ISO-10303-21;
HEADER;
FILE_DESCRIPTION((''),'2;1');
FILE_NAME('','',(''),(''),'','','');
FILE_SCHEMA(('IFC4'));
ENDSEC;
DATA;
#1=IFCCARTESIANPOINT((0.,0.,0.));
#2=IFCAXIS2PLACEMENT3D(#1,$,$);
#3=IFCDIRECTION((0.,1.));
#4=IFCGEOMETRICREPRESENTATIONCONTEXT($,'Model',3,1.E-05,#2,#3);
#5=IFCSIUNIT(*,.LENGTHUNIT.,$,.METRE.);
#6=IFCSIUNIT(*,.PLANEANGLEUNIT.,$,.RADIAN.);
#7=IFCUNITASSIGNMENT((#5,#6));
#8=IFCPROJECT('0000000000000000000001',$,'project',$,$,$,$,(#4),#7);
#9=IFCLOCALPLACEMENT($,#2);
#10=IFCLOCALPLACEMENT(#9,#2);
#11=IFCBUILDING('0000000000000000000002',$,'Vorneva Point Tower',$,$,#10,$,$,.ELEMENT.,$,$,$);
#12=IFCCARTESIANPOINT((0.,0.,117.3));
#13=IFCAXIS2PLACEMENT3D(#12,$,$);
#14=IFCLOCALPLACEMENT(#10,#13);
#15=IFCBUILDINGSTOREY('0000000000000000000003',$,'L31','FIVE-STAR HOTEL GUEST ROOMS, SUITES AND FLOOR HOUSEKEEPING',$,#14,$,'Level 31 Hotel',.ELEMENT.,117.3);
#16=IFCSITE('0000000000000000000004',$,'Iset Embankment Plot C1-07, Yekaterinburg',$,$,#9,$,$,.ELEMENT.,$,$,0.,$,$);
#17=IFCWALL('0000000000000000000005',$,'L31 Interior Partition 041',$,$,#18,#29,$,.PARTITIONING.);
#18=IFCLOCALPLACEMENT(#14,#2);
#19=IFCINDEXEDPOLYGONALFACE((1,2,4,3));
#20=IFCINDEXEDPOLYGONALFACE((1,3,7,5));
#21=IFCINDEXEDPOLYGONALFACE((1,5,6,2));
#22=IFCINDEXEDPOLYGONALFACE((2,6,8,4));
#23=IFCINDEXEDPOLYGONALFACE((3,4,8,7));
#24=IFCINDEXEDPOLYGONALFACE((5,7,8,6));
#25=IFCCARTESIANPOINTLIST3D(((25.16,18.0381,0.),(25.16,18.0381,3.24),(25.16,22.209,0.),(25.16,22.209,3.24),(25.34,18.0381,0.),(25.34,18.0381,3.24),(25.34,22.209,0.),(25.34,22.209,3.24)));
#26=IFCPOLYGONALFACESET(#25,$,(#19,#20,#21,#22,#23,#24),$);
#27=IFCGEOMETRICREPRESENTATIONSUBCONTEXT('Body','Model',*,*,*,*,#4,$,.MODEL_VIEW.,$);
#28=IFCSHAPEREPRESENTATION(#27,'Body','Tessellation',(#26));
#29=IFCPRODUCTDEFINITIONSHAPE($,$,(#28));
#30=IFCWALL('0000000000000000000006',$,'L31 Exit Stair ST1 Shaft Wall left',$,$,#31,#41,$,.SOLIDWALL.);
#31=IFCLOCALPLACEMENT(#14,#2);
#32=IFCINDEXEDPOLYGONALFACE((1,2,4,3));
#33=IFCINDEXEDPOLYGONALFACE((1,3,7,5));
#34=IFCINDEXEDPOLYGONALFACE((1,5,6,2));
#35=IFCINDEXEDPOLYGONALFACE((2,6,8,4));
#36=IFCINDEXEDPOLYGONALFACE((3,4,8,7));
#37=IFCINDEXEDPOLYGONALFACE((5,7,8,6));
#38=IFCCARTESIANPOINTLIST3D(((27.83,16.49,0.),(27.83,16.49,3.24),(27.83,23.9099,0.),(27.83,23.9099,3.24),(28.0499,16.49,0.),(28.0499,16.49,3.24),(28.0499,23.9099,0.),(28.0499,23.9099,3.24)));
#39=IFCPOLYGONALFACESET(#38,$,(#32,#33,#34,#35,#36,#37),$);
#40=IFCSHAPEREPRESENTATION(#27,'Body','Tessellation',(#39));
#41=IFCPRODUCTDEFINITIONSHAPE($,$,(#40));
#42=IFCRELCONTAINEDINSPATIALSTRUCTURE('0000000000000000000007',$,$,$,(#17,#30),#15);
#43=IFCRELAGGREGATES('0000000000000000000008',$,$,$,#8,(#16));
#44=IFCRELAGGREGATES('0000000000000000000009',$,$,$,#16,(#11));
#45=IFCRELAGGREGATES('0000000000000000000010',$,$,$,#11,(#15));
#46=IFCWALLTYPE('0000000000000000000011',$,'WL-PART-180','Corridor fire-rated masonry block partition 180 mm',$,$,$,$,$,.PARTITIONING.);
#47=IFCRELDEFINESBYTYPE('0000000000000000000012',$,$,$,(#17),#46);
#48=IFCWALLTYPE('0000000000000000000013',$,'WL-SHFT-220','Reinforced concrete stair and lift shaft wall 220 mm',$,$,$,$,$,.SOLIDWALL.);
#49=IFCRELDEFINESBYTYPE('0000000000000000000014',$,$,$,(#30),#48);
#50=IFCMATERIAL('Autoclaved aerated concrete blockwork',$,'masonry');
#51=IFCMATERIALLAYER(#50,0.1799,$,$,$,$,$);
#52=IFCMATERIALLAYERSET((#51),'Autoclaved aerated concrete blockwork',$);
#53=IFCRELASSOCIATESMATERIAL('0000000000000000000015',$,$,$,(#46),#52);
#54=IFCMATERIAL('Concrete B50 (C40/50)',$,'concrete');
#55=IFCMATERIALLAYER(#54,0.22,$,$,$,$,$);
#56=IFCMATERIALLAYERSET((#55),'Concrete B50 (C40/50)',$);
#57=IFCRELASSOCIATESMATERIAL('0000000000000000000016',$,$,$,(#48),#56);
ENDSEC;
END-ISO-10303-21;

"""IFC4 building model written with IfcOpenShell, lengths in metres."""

from ifc_helpers import new_model, si_unit, direction, frame, frame_2d, origin, place, context, subcontext, project, spatial, rectangle, extrude, material, layer, layer_set, type_object, element, save


model = new_model("IFC4")

# Units and contexts
model_context = context("Model", 3, precision=1e-05, world=origin(), true_north=direction((0.0, 1.0)))
body_context = subcontext(model_context, "Body", "Model", "MODEL_VIEW")
ifc_project = project(units=[si_unit("LENGTHUNIT", "METRE"), si_unit("PLANEANGLEUNIT", "RADIAN")], contexts=[model_context])

# Site, building, storey
site_placement = place(None, origin())
site = spatial("IfcSite", under=ifc_project, at=site_placement, Name="Iset Embankment Plot C1-07, Yekaterinburg", CompositionType="ELEMENT", RefElevation=0.0)
building_placement = place(site_placement, origin())
building = spatial("IfcBuilding", under=site, at=building_placement, Name="Vorneva Point Tower", CompositionType="ELEMENT")
storey_placement = place(building_placement, frame((0.0, 0.0, 117.3)))
storey = spatial("IfcBuildingStorey", under=building, at=storey_placement, Name="L31", Description="FIVE-STAR HOTEL GUEST ROOMS, SUITES AND FLOOR HOUSEKEEPING", LongName="Level 31 Hotel", CompositionType="ELEMENT", Elevation=117.3)

# Shared definitions
ifc_material_1 = material(Name="Autoclaved aerated concrete blockwork", Category="masonry")
ifc_layer_1 = layer(ifc_material_1, 0.1799)
ifc_layer_set_1 = layer_set([ifc_layer_1], Name="Autoclaved aerated concrete blockwork")
wall_type_1 = type_object("IfcWallType", Name="WL-PART-180", Description="Corridor fire-rated masonry block partition 180 mm", PredefinedType="PARTITIONING", material=ifc_layer_set_1)

# Wall
wall_1_placement = place(storey_placement, frame((25.25, 22.209, 0.0), z_axis=(0.0, 0.0, 1.0), x_axis=(0.0, -1.0, 0.0)))
element("IfcWall", 1, at=wall_1_placement, inside=storey, type_object=wall_type_1, Name="L31 Interior Partition 041", PredefinedType="PARTITIONING", context=body_context, shape_type="SweptSolid", body=[
    extrude(rectangle(XDim=4.1709, YDim=0.1799, at=frame_2d((2.0854, 0.0))), origin(), (0.0, 0.0, 1.0), 3.24),
])

# Shared definitions
ifc_material_2 = material(Name="Concrete B50 (C40/50)", Category="concrete")
ifc_layer_2 = layer(ifc_material_2, 0.22)
ifc_layer_set_2 = layer_set([ifc_layer_2], Name="Concrete B50 (C40/50)")
wall_type_2 = type_object("IfcWallType", Name="WL-SHFT-220", Description="Reinforced concrete stair and lift shaft wall 220 mm", PredefinedType="SOLIDWALL", material=ifc_layer_set_2)

# Wall
wall_2_placement = place(storey_placement, frame((27.9399, 16.49, 0.0), z_axis=(0.0, 0.0, 1.0), x_axis=(0.0, 1.0, 0.0)))
element("IfcWall", 2, at=wall_2_placement, inside=storey, type_object=wall_type_2, Name="L31 Exit Stair ST1 Shaft Wall left", PredefinedType="SOLIDWALL", context=body_context, shape_type="SweptSolid", body=[
    extrude(rectangle(XDim=7.4199, YDim=0.22, at=frame_2d((3.71, 0.0))), origin(), (0.0, 0.0, 1.0), 3.24),
])

save(model, "model.ifc")
